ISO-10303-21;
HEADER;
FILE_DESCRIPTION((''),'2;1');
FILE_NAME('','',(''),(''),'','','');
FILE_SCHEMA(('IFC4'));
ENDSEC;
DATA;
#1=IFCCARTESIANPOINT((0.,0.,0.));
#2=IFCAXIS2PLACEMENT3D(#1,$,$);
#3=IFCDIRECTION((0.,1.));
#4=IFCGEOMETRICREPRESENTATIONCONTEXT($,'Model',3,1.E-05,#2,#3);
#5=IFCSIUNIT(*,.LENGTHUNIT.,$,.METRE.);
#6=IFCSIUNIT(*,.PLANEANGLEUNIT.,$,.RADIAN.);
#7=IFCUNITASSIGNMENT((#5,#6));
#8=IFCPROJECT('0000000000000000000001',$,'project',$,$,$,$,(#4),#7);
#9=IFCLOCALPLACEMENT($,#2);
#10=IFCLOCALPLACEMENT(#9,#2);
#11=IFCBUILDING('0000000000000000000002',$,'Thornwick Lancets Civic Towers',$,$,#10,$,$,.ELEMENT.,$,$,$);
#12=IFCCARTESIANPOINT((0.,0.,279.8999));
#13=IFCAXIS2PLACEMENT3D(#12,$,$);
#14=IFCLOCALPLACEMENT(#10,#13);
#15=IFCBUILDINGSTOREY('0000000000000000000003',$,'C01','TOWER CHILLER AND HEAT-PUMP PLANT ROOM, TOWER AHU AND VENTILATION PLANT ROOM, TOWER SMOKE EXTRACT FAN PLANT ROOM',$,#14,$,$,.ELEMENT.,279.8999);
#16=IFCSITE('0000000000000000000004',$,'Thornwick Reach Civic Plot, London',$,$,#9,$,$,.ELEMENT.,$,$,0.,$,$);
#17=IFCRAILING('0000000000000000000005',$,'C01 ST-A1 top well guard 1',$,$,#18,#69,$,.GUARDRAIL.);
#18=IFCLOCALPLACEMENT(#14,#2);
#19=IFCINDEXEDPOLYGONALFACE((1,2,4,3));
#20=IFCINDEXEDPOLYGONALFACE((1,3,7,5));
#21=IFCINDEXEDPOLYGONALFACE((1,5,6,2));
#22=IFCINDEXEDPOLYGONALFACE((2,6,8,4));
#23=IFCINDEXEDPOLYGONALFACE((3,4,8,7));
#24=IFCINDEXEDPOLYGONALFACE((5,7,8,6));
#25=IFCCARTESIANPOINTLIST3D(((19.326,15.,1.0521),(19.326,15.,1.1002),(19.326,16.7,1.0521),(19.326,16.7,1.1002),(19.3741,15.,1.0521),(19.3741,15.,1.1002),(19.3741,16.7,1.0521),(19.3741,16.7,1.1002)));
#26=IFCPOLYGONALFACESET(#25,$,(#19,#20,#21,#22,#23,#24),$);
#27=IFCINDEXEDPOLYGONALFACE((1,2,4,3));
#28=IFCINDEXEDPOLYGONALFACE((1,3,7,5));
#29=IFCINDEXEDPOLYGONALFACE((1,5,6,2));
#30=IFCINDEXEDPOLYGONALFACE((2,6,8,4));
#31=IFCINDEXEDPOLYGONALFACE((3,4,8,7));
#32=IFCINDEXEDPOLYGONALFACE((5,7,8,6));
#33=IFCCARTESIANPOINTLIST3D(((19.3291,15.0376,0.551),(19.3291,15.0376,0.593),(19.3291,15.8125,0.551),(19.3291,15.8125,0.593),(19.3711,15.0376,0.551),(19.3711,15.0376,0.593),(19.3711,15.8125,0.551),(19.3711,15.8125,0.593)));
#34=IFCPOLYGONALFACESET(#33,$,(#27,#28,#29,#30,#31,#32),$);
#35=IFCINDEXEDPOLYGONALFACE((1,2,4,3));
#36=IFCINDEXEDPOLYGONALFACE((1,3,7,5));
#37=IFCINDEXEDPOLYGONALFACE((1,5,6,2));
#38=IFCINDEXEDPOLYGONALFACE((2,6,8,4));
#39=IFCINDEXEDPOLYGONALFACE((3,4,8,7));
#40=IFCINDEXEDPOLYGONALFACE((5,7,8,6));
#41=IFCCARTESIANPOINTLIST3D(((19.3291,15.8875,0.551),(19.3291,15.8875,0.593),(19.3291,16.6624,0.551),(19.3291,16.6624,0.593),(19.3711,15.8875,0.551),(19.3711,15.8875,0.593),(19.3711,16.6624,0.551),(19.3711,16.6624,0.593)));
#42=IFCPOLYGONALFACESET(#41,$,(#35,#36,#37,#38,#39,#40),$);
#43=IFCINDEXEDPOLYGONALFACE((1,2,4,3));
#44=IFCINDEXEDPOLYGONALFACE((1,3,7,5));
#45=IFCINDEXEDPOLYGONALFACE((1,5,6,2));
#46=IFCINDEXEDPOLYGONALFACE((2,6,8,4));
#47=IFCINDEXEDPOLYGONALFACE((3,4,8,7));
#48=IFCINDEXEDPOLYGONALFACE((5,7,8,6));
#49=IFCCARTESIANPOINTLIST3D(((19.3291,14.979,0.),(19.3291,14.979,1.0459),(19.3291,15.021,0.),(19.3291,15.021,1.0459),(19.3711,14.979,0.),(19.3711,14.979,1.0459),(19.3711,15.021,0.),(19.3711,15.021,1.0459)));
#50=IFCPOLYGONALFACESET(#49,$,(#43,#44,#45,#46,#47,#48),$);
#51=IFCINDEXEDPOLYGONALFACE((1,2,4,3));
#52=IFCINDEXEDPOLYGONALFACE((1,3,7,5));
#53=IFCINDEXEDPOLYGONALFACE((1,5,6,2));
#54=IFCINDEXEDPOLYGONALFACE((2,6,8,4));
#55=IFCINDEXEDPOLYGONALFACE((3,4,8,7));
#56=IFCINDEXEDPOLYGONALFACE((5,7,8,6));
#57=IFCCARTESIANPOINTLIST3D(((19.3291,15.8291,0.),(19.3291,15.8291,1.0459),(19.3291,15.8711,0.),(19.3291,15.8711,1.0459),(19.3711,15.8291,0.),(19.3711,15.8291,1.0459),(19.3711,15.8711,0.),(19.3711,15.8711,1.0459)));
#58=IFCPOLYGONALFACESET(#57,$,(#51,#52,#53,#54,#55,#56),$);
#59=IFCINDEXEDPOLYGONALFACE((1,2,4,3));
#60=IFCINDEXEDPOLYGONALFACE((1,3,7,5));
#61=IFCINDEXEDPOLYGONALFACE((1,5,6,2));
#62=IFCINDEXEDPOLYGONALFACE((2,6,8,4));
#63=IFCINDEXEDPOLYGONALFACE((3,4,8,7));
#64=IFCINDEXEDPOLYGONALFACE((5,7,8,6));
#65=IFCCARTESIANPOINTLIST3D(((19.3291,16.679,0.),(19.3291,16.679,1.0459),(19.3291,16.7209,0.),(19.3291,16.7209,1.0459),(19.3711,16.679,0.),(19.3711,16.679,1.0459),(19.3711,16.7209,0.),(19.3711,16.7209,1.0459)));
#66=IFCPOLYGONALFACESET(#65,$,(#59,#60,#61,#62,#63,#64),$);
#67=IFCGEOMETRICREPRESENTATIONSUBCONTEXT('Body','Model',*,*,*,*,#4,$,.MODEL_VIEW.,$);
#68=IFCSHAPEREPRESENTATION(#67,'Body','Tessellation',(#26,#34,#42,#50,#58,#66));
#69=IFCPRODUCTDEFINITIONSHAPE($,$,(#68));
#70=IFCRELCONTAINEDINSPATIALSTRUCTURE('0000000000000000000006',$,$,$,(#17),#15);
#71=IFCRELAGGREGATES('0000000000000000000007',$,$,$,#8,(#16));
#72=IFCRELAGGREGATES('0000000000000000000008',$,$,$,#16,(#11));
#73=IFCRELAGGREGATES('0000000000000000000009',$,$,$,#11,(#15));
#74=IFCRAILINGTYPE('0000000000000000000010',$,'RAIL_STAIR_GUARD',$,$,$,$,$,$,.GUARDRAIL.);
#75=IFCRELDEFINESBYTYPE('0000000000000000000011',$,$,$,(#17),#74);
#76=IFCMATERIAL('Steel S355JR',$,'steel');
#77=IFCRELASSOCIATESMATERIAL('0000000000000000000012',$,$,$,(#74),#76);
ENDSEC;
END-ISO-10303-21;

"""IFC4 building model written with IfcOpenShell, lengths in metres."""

from ifc_helpers import new_model, si_unit, direction, frame, origin, origin_2d, place, context, subcontext, project, spatial, rectangle, extrude, material, type_object, element, save


model = new_model("IFC4")

# Units and contexts
model_context = context("Model", 3, precision=1e-05, world=origin(), true_north=direction((0.0, 1.0)))
body_context = subcontext(model_context, "Body", "Model", "MODEL_VIEW")
ifc_project = project(units=[si_unit("LENGTHUNIT", "METRE"), si_unit("PLANEANGLEUNIT", "RADIAN")], contexts=[model_context])

# Site, building, storey
site_placement = place(None, origin())
site = spatial("IfcSite", under=ifc_project, at=site_placement, Name="Thornwick Reach Civic Plot, London", CompositionType="ELEMENT", RefElevation=0.0)
building_placement = place(site_placement, origin())
building = spatial("IfcBuilding", under=site, at=building_placement, Name="Thornwick Lancets Civic Towers", CompositionType="ELEMENT")
storey_placement = place(building_placement, frame((0.0, 0.0, 279.8999)))
storey = spatial("IfcBuildingStorey", under=building, at=storey_placement, Name="C01", Description="TOWER CHILLER AND HEAT-PUMP PLANT ROOM, TOWER AHU AND VENTILATION PLANT ROOM, TOWER SMOKE EXTRACT FAN PLANT ROOM", CompositionType="ELEMENT", Elevation=279.8999)

# Shared definitions
ifc_material_1 = material(Name="Steel S355JR", Category="steel")

# Railing
railing_type = type_object("IfcRailingType", Name="RAIL_STAIR_GUARD", PredefinedType="GUARDRAIL", material=ifc_material_1)
railing_placement = place(storey_placement, frame((19.3501, 15.0, 0.0)))
element("IfcRailing", 1, at=railing_placement, inside=storey, type_object=railing_type, Name="C01 ST-A1 top well guard 1", PredefinedType="GUARDRAIL", context=body_context, shape_type="SweptSolid", body=[
    extrude(rectangle(XDim=0.0481, YDim=0.0481, at=origin_2d()), frame((0.0, 0.0, 1.0762), z_axis=(0.0, 1.0, 0.0), x_axis=(-1.0, 0.0, 0.0)), (0.0, 0.0, 1.0), 1.7),
    extrude(rectangle(XDim=0.042, YDim=0.042, at=origin_2d()), frame((0.0, 0.0376, 0.572), z_axis=(0.0, 1.0, 0.0), x_axis=(-1.0, 0.0, 0.0)), (0.0, 0.0, 1.0), 0.7749),
    extrude(rectangle(XDim=0.042, YDim=0.042, at=origin_2d()), frame((0.0, 0.8875, 0.572), z_axis=(0.0, 1.0, 0.0), x_axis=(-1.0, 0.0, 0.0)), (0.0, 0.0, 1.0), 0.7749),
    extrude(rectangle(XDim=0.042, YDim=0.042, at=origin_2d()), origin(), (0.0, 0.0, 1.0), 1.0459),
    extrude(rectangle(XDim=0.042, YDim=0.042, at=origin_2d()), frame((0.0, 0.8501, 0.0)), (0.0, 0.0, 1.0), 1.0459),
    extrude(rectangle(XDim=0.042, YDim=0.042, at=origin_2d()), frame((0.0, 1.7, 0.0)), (0.0, 0.0, 1.0), 1.0459),
])

save(model, "model.ifc")
